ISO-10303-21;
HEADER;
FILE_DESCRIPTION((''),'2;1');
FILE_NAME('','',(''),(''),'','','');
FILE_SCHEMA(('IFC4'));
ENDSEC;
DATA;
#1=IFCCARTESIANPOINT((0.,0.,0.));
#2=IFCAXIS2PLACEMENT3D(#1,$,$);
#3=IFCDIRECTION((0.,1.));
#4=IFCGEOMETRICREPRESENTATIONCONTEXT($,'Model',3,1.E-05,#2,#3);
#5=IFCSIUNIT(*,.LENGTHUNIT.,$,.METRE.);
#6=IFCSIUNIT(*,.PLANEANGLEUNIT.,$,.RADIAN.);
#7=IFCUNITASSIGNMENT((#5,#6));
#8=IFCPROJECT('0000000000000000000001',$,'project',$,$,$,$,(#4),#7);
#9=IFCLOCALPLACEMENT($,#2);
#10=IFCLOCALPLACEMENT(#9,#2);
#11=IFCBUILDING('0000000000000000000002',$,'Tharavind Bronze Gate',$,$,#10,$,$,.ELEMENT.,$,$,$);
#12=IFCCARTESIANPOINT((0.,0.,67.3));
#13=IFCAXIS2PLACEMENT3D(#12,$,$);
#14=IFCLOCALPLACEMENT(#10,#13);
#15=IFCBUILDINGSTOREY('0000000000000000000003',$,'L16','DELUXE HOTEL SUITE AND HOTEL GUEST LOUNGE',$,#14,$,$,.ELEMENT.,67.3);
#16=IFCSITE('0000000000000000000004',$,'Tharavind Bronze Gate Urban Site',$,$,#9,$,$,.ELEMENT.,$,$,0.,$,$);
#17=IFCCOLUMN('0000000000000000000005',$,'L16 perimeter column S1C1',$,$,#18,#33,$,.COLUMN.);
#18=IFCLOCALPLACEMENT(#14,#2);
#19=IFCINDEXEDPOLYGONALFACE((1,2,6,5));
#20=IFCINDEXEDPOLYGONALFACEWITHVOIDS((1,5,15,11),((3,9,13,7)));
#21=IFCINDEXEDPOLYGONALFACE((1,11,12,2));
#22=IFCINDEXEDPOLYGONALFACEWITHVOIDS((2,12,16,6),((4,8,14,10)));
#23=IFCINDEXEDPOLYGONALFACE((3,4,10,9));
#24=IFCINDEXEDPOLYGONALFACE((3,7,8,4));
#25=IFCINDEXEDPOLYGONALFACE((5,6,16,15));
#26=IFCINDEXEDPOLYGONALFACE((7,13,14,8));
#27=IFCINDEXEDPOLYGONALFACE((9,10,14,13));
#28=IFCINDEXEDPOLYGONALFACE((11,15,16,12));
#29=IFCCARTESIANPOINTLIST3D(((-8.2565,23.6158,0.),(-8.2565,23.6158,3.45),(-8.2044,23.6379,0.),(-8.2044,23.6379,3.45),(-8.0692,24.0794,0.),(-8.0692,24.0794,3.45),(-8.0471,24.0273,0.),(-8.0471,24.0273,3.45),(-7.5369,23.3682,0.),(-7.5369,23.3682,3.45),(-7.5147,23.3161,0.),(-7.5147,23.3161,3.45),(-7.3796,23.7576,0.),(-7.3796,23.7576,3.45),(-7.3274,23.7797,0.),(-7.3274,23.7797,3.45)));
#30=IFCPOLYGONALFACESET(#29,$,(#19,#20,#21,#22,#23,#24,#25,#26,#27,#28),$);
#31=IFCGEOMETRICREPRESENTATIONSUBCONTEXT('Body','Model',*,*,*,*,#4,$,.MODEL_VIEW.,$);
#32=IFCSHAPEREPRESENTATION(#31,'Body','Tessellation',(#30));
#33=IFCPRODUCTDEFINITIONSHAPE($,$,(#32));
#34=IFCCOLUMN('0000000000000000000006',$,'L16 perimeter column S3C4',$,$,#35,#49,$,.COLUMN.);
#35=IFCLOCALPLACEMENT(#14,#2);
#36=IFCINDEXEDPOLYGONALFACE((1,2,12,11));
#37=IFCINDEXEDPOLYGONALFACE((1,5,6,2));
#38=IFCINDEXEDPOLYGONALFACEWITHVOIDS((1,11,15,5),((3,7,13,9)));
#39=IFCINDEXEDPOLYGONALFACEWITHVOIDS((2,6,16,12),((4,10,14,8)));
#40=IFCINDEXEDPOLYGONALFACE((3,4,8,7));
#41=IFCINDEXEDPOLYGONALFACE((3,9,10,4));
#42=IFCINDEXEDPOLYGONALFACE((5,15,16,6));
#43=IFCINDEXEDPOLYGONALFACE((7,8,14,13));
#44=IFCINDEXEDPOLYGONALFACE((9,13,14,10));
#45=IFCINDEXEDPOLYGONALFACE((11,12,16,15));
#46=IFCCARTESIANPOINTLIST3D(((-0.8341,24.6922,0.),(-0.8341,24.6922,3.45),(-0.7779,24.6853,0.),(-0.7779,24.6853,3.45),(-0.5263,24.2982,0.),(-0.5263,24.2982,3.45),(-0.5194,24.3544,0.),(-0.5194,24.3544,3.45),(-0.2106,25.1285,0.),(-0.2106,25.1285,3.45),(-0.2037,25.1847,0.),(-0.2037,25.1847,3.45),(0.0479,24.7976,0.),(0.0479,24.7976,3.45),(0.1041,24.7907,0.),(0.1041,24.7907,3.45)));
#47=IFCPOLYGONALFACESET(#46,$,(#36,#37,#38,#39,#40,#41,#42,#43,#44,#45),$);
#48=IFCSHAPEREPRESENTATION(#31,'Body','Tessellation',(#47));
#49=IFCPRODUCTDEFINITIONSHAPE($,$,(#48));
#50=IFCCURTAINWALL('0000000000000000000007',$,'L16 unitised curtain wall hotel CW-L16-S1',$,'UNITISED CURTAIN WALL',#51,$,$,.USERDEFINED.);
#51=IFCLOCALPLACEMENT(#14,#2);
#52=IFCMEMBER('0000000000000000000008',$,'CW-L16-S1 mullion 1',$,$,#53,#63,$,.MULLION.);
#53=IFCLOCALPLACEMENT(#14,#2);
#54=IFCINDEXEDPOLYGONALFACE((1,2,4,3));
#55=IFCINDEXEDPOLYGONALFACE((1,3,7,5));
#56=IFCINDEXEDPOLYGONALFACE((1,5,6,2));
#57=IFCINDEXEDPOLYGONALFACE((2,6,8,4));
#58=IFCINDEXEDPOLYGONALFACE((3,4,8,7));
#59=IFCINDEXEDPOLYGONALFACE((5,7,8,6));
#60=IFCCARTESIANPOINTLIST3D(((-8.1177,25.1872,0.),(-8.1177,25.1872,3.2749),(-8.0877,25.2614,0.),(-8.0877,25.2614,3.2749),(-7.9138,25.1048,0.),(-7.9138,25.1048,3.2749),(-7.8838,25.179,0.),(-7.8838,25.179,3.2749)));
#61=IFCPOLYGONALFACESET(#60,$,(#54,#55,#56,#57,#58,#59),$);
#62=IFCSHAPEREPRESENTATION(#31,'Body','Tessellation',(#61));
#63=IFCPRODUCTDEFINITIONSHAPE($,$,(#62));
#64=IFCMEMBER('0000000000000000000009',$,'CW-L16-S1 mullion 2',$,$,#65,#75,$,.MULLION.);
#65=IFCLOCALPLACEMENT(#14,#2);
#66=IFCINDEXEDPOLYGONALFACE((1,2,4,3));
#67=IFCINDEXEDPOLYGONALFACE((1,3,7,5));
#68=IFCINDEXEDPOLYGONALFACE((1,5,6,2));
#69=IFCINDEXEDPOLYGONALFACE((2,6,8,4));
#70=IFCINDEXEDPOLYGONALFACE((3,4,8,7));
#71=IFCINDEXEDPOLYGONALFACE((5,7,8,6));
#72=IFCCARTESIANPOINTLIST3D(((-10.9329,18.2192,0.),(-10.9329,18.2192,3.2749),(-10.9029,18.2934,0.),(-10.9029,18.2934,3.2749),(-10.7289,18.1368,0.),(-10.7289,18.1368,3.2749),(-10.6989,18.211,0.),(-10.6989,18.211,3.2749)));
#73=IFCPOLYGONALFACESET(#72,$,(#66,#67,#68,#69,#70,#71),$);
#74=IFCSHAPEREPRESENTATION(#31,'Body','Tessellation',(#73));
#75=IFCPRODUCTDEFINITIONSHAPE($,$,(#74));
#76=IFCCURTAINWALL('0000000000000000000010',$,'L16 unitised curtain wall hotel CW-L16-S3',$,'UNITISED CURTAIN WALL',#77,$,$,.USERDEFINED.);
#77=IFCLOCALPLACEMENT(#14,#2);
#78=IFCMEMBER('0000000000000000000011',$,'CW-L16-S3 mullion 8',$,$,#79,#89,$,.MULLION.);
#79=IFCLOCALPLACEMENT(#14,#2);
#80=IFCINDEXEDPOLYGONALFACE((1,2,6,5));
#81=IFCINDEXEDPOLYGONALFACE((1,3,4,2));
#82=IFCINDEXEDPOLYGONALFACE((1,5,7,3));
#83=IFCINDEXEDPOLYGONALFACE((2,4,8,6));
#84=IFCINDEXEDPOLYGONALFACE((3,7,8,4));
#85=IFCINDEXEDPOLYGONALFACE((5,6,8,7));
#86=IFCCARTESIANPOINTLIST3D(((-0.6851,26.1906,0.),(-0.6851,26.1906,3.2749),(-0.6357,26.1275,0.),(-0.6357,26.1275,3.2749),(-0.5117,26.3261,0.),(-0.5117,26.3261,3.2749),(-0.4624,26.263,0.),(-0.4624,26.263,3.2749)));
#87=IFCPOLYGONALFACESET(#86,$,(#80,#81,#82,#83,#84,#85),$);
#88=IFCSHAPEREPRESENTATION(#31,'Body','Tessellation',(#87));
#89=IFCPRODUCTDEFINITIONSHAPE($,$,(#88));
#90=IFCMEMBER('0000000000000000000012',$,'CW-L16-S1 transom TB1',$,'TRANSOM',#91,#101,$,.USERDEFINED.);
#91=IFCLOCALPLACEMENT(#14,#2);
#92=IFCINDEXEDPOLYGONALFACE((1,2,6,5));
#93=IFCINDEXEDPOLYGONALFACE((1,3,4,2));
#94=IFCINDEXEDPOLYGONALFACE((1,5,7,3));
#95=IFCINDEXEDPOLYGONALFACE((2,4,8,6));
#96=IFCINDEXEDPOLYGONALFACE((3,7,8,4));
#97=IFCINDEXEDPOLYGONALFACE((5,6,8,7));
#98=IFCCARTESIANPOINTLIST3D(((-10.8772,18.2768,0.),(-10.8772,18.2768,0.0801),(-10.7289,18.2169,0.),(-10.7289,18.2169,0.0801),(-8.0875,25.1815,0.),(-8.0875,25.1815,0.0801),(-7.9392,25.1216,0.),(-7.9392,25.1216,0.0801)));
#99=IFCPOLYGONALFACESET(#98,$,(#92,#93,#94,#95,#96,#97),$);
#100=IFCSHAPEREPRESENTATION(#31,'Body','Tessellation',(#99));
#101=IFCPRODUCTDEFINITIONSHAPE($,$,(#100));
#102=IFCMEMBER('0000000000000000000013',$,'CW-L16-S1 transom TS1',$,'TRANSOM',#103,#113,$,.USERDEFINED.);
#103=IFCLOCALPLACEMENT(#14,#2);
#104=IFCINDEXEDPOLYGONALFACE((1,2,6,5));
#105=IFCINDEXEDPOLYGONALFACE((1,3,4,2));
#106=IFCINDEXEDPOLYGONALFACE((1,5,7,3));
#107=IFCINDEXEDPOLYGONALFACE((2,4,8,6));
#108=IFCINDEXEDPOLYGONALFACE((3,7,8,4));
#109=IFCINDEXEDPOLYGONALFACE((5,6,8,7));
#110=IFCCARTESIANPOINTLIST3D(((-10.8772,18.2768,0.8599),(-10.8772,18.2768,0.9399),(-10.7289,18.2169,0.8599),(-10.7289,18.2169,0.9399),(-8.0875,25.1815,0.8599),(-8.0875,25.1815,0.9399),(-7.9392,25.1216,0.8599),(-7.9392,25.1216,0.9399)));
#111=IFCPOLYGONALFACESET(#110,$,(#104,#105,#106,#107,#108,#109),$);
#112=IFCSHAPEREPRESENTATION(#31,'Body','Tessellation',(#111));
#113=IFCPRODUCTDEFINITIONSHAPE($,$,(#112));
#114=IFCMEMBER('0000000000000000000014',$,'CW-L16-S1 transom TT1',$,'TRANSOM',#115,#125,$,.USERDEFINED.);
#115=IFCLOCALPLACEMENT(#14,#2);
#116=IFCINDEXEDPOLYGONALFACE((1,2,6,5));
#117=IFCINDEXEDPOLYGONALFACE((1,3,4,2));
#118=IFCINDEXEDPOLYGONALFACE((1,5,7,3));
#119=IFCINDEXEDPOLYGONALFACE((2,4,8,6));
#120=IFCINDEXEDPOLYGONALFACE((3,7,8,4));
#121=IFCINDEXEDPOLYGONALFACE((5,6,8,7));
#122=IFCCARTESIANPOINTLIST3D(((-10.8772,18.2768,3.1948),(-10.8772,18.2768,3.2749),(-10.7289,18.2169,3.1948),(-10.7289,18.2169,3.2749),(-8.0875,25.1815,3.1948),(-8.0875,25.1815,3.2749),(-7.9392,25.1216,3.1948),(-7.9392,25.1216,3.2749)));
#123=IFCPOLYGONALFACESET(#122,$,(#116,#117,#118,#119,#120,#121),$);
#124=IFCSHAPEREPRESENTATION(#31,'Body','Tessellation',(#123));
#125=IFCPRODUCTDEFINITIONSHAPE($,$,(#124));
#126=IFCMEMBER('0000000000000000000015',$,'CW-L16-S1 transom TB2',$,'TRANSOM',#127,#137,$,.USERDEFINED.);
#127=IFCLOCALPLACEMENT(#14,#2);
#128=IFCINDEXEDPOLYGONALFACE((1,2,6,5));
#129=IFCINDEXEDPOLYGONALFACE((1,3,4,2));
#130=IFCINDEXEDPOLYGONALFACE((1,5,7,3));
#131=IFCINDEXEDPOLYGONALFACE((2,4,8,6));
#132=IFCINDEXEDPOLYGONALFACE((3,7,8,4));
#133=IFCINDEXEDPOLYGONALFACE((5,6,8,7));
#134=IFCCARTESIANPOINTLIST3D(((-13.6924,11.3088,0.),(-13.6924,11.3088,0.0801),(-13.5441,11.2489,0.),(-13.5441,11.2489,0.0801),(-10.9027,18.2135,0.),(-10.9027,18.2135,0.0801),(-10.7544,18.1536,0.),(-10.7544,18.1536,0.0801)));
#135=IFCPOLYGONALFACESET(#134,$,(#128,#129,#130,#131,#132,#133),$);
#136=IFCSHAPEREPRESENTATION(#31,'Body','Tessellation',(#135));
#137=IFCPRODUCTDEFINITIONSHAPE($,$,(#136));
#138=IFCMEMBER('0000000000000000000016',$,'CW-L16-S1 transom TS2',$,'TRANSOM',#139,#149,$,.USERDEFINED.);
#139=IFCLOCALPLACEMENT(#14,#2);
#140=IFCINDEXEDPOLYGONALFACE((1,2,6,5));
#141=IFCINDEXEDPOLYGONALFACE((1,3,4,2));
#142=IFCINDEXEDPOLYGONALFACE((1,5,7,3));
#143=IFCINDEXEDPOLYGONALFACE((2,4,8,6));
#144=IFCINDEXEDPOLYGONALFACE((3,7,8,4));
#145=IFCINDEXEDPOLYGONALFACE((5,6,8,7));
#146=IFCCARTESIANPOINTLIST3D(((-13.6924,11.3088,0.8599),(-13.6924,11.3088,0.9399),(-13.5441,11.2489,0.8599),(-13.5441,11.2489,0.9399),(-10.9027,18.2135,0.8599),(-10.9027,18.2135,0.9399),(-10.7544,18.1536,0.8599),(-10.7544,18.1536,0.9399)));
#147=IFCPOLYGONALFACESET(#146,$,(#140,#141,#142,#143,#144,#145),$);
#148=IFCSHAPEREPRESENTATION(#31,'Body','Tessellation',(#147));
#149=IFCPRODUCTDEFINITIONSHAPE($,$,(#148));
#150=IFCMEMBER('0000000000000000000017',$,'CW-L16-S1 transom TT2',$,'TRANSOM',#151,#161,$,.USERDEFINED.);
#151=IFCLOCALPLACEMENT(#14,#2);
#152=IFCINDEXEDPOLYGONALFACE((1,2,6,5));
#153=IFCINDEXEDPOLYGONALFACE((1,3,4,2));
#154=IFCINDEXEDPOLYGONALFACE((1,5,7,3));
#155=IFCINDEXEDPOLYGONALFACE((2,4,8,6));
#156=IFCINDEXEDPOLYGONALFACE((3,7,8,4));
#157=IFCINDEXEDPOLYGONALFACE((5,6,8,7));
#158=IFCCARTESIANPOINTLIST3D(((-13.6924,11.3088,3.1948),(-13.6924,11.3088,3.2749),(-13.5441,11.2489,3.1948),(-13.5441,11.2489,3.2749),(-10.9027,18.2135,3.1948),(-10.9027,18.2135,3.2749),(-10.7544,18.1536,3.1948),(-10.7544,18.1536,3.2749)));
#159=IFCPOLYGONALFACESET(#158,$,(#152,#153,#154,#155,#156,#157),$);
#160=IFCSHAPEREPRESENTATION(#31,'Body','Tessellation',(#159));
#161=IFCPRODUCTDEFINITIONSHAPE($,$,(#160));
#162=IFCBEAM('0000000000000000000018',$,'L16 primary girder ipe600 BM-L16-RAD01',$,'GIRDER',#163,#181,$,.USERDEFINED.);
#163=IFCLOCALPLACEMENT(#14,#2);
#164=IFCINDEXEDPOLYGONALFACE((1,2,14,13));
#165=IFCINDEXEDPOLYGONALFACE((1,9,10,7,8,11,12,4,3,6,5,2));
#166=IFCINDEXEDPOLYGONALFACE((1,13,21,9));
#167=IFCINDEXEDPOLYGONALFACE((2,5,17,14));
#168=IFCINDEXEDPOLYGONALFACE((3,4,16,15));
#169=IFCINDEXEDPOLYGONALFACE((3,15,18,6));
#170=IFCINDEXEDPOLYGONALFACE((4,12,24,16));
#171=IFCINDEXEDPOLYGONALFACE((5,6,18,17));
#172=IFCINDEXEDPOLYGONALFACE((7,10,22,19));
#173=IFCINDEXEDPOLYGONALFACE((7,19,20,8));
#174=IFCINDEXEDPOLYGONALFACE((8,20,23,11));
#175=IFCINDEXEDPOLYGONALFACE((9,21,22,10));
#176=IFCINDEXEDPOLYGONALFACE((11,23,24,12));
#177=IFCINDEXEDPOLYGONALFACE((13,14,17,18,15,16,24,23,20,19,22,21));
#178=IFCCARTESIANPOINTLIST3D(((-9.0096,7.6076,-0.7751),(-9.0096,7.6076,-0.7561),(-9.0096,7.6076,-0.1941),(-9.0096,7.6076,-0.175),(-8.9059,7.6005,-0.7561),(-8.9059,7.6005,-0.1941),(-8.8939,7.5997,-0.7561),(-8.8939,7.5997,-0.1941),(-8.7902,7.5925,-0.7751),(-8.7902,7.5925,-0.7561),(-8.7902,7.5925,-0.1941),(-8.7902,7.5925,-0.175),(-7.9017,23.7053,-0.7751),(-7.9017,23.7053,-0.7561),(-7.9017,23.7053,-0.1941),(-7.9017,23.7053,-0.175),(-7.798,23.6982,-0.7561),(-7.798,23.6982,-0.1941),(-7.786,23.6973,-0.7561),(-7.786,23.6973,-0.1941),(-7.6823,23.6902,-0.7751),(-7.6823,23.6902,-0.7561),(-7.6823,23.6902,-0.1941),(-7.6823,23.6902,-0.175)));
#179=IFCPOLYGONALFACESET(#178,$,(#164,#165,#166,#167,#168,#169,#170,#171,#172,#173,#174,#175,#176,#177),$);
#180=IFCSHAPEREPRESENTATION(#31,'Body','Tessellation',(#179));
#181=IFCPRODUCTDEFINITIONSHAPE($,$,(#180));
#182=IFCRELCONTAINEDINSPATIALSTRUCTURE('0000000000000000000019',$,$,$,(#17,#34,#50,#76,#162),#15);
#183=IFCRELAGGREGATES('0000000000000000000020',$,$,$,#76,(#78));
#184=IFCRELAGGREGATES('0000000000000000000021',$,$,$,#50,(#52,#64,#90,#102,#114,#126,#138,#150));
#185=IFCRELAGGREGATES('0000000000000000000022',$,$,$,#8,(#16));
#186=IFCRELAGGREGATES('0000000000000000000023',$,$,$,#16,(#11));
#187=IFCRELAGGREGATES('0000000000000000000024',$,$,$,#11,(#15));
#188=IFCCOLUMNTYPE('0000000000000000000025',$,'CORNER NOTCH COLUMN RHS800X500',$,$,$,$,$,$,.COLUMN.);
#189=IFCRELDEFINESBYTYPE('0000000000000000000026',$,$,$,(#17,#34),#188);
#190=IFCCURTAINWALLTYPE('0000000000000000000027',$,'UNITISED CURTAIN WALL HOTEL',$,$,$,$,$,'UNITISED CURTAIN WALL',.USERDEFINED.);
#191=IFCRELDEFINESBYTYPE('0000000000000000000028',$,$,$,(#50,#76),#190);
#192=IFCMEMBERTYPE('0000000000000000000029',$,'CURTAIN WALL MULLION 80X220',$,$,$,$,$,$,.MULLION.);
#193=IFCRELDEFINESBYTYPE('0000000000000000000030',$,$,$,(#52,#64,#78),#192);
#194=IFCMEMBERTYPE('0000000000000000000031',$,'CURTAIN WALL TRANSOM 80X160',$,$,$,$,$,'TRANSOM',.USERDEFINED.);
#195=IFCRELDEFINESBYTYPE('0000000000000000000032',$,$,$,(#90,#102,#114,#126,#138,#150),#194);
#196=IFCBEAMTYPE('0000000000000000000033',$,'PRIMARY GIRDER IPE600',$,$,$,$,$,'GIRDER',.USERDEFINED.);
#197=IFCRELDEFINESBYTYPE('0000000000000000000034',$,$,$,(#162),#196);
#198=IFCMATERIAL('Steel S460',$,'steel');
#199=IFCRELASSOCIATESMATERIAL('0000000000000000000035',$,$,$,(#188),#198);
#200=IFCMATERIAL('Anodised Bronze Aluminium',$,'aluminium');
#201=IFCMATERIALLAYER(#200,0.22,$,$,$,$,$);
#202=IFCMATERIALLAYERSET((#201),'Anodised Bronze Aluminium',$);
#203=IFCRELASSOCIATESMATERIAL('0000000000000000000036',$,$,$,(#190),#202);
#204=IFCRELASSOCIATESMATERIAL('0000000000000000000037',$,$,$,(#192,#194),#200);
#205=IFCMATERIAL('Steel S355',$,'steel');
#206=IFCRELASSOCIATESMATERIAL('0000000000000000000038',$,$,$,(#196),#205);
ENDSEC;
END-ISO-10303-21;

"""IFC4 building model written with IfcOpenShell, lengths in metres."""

from ifc_helpers import new_model, si_unit, direction, frame, origin, origin_2d, place, context, subcontext, project, spatial, rectangle, hollow_rectangle, i_section, extrude, material, layer, layer_set, material_profile, profile_set, type_object, element, aggregate, save


model = new_model("IFC4")

# Units and contexts
model_context = context("Model", 3, precision=1e-05, world=origin(), true_north=direction((0.0, 1.0)))
body_context = subcontext(model_context, "Body", "Model", "MODEL_VIEW")
ifc_project = project(units=[si_unit("LENGTHUNIT", "METRE"), si_unit("PLANEANGLEUNIT", "RADIAN")], contexts=[model_context])

# Site, building, storey
site_placement = place(None, origin())
site = spatial("IfcSite", under=ifc_project, at=site_placement, Name="Tharavind Bronze Gate Urban Site", CompositionType="ELEMENT", RefElevation=0.0)
building_placement = place(site_placement, origin())
building = spatial("IfcBuilding", under=site, at=building_placement, Name="Tharavind Bronze Gate", CompositionType="ELEMENT")
storey_placement = place(building_placement, frame((0.0, 0.0, 67.3)))
storey = spatial("IfcBuildingStorey", under=building, at=storey_placement, Name="L16", Description="DELUXE HOTEL SUITE AND HOTEL GUEST LOUNGE", CompositionType="ELEMENT", Elevation=67.3)

# Columns
ifc_material_1 = material(Name="Steel S460", Category="steel")
ifc_material_profile_1 = material_profile(ifc_material_1, hollow_rectangle(XDim=0.5, YDim=0.8, WallThickness=0.04, at=origin_2d()), Name="RHS800X500X40")
ifc_profile_set_1 = profile_set([ifc_material_profile_1], Name="Steel S460")
column_type = type_object("IfcColumnType", Name="CORNER NOTCH COLUMN RHS800X500", PredefinedType="COLUMN", material=ifc_profile_set_1)
for number, where, z_axis, x_axis, name in (
    (1, (-7.792, 23.6978, 0.0), (0.0, 0.0, 1.0), (0.374608, 0.927183, 0.0), "L16 perimeter column S1C1"),
    (2, (-0.365, 24.7415, 0.0), (0.0, 0.0, 1.0), (-0.615661, 0.788011, 0.0), "L16 perimeter column S3C4"),
):
    element("IfcColumn", number, at=place(storey_placement, frame(where, z_axis=z_axis, x_axis=x_axis)), inside=storey, type_object=column_type, Name=name, PredefinedType="COLUMN", context=body_context, shape_type="SweptSolid", body=[
        extrude(hollow_rectangle(XDim=0.5, YDim=0.8, WallThickness=0.04, at=origin_2d()), origin(), (0.0, 0.0, 1.0), 3.45),
    ])

# Curtain wall, members
ifc_material_2 = material(Name="Anodised Bronze Aluminium", Category="aluminium")
ifc_layer_1 = layer(ifc_material_2, 0.22)
ifc_layer_set_1 = layer_set([ifc_layer_1], Name="Anodised Bronze Aluminium")
curtain_wall_type = type_object("IfcCurtainWallType", Name="UNITISED CURTAIN WALL HOTEL", ElementType="UNITISED CURTAIN WALL", PredefinedType="USERDEFINED", material=ifc_layer_set_1)
curtain_wall_1_placement = place(storey_placement, origin())
curtain_wall_1 = element("IfcCurtainWall", 3, at=curtain_wall_1_placement, inside=storey, type_object=curtain_wall_type, Name="L16 unitised curtain wall hotel CW-L16-S1", ObjectType="UNITISED CURTAIN WALL", PredefinedType="USERDEFINED")
member_type_1 = type_object("IfcMemberType", Name="CURTAIN WALL MULLION 80X220", PredefinedType="MULLION", material=ifc_material_2)
member_1_placement = place(storey_placement, frame((-8.0007, 25.1831, 0.0), z_axis=(0.0, 0.0, 1.0), x_axis=(-0.374607, -0.927184, 0.0)))
member_1 = element("IfcMember", 4, at=member_1_placement, type_object=member_type_1, Name="CW-L16-S1 mullion 1", PredefinedType="MULLION", context=body_context, shape_type="SweptSolid", body=[
    extrude(rectangle(XDim=0.0801, YDim=0.22, at=origin_2d()), origin(), (0.0, 0.0, 1.0), 3.2749),
])
member_2_placement = place(storey_placement, frame((-10.8159, 18.2151, 0.0), z_axis=(0.0, 0.0, 1.0), x_axis=(-0.374607, -0.927184, 0.0)))
member_2 = element("IfcMember", 5, at=member_2_placement, type_object=member_type_1, Name="CW-L16-S1 mullion 2", PredefinedType="MULLION", context=body_context, shape_type="SweptSolid", body=[
    extrude(rectangle(XDim=0.0801, YDim=0.22, at=origin_2d()), origin(), (0.0, 0.0, 1.0), 3.2749),
])

# Curtain wall, member
curtain_wall_2_placement = place(storey_placement, origin())
curtain_wall_2 = element("IfcCurtainWall", 6, at=curtain_wall_2_placement, inside=storey, type_object=curtain_wall_type, Name="L16 unitised curtain wall hotel CW-L16-S3", ObjectType="UNITISED CURTAIN WALL", PredefinedType="USERDEFINED")
member_3_placement = place(storey_placement, frame((-0.5737, 26.2268, 0.0), z_axis=(0.0, 0.0, 1.0), x_axis=(-0.615661, 0.788011, 0.0)))
member_3 = element("IfcMember", 7, at=member_3_placement, type_object=member_type_1, Name="CW-L16-S3 mullion 8", PredefinedType="MULLION", context=body_context, shape_type="SweptSolid", body=[
    extrude(rectangle(XDim=0.0801, YDim=0.22, at=origin_2d()), origin(), (0.0, 0.0, 1.0), 3.2749),
])
aggregate(curtain_wall_2, [member_3])

# Members
member_type_2 = type_object("IfcMemberType", Name="CURTAIN WALL TRANSOM 80X160", ElementType="TRANSOM", PredefinedType="USERDEFINED", material=ifc_material_2)
member_4_placement = place(storey_placement, frame((-9.4082, 21.6992, 0.0), z_axis=(0.0, 0.0, 1.0), x_axis=(-0.374607, -0.927184, 0.0)))
member_4 = element("IfcMember", 8, at=member_4_placement, type_object=member_type_2, Name="CW-L16-S1 transom TB1", ObjectType="TRANSOM", PredefinedType="USERDEFINED", context=body_context, shape_type="SweptSolid", body=[
    extrude(rectangle(XDim=7.447, YDim=0.1599, at=origin_2d()), origin(), (0.0, 0.0, 1.0), 0.0801),
])
member_5_placement = place(storey_placement, frame((-9.4082, 21.6992, 0.8599), z_axis=(0.0, 0.0, 1.0), x_axis=(-0.374607, -0.927184, 0.0)))
member_5 = element("IfcMember", 9, at=member_5_placement, type_object=member_type_2, Name="CW-L16-S1 transom TS1", ObjectType="TRANSOM", PredefinedType="USERDEFINED", context=body_context, shape_type="SweptSolid", body=[
    extrude(rectangle(XDim=7.447, YDim=0.1599, at=origin_2d()), origin(), (0.0, 0.0, 1.0), 0.0801),
])
member_6_placement = place(storey_placement, frame((-9.4082, 21.6992, 3.1948), z_axis=(0.0, 0.0, 1.0), x_axis=(-0.374607, -0.927184, 0.0)))
member_6 = element("IfcMember", 10, at=member_6_placement, type_object=member_type_2, Name="CW-L16-S1 transom TT1", ObjectType="TRANSOM", PredefinedType="USERDEFINED", context=body_context, shape_type="SweptSolid", body=[
    extrude(rectangle(XDim=7.447, YDim=0.1599, at=origin_2d()), origin(), (0.0, 0.0, 1.0), 0.0801),
])
member_7_placement = place(storey_placement, frame((-12.2234, 14.7312, 0.0), z_axis=(0.0, 0.0, 1.0), x_axis=(-0.374607, -0.927184, 0.0)))
member_7 = element("IfcMember", 11, at=member_7_placement, type_object=member_type_2, Name="CW-L16-S1 transom TB2", ObjectType="TRANSOM", PredefinedType="USERDEFINED", context=body_context, shape_type="SweptSolid", body=[
    extrude(rectangle(XDim=7.447, YDim=0.1599, at=origin_2d()), origin(), (0.0, 0.0, 1.0), 0.0801),
])
member_8_placement = place(storey_placement, frame((-12.2234, 14.7312, 0.8599), z_axis=(0.0, 0.0, 1.0), x_axis=(-0.374607, -0.927184, 0.0)))
member_8 = element("IfcMember", 12, at=member_8_placement, type_object=member_type_2, Name="CW-L16-S1 transom TS2", ObjectType="TRANSOM", PredefinedType="USERDEFINED", context=body_context, shape_type="SweptSolid", body=[
    extrude(rectangle(XDim=7.447, YDim=0.1599, at=origin_2d()), origin(), (0.0, 0.0, 1.0), 0.0801),
])
member_9_placement = place(storey_placement, frame((-12.2234, 14.7312, 3.1948), z_axis=(0.0, 0.0, 1.0), x_axis=(-0.374607, -0.927184, 0.0)))
member_9 = element("IfcMember", 13, at=member_9_placement, type_object=member_type_2, Name="CW-L16-S1 transom TT2", ObjectType="TRANSOM", PredefinedType="USERDEFINED", context=body_context, shape_type="SweptSolid", body=[
    extrude(rectangle(XDim=7.447, YDim=0.1599, at=origin_2d()), origin(), (0.0, 0.0, 1.0), 0.0801),
])

# Beam
ifc_material_3 = material(Name="Steel S355", Category="steel")
ifc_material_profile_2 = material_profile(ifc_material_3, i_section(OverallWidth=0.22, OverallDepth=0.6001, WebThickness=0.012, FlangeThickness=0.019, at=origin_2d()), Name="IPE600")
ifc_profile_set_2 = profile_set([ifc_material_profile_2], Name="Steel S355")
beam_type_1 = type_object("IfcBeamType", Name="PRIMARY GIRDER IPE600", ElementType="GIRDER", PredefinedType="USERDEFINED", material=ifc_profile_set_2)
beam_1_placement = place(storey_placement, frame((-7.792, 23.6978, -0.4751), z_axis=(-0.068662, -0.99764, 0.0), x_axis=(0.99764, -0.068662, 0.0)))
element("IfcBeam", 14, at=beam_1_placement, inside=storey, type_object=beam_type_1, Name="L16 primary girder ipe600 BM-L16-RAD01", ObjectType="GIRDER", PredefinedType="USERDEFINED", context=body_context, shape_type="SweptSolid", body=[
    extrude(i_section(OverallWidth=0.22, OverallDepth=0.6001, WebThickness=0.012, FlangeThickness=0.019, at=origin_2d()), origin(), (0.0, 0.0, 1.0), 16.1357),
])

aggregate(curtain_wall_1, [member_1, member_2, member_4, member_5, member_6, member_7, member_8, member_9])

save(model, "model.ifc")
